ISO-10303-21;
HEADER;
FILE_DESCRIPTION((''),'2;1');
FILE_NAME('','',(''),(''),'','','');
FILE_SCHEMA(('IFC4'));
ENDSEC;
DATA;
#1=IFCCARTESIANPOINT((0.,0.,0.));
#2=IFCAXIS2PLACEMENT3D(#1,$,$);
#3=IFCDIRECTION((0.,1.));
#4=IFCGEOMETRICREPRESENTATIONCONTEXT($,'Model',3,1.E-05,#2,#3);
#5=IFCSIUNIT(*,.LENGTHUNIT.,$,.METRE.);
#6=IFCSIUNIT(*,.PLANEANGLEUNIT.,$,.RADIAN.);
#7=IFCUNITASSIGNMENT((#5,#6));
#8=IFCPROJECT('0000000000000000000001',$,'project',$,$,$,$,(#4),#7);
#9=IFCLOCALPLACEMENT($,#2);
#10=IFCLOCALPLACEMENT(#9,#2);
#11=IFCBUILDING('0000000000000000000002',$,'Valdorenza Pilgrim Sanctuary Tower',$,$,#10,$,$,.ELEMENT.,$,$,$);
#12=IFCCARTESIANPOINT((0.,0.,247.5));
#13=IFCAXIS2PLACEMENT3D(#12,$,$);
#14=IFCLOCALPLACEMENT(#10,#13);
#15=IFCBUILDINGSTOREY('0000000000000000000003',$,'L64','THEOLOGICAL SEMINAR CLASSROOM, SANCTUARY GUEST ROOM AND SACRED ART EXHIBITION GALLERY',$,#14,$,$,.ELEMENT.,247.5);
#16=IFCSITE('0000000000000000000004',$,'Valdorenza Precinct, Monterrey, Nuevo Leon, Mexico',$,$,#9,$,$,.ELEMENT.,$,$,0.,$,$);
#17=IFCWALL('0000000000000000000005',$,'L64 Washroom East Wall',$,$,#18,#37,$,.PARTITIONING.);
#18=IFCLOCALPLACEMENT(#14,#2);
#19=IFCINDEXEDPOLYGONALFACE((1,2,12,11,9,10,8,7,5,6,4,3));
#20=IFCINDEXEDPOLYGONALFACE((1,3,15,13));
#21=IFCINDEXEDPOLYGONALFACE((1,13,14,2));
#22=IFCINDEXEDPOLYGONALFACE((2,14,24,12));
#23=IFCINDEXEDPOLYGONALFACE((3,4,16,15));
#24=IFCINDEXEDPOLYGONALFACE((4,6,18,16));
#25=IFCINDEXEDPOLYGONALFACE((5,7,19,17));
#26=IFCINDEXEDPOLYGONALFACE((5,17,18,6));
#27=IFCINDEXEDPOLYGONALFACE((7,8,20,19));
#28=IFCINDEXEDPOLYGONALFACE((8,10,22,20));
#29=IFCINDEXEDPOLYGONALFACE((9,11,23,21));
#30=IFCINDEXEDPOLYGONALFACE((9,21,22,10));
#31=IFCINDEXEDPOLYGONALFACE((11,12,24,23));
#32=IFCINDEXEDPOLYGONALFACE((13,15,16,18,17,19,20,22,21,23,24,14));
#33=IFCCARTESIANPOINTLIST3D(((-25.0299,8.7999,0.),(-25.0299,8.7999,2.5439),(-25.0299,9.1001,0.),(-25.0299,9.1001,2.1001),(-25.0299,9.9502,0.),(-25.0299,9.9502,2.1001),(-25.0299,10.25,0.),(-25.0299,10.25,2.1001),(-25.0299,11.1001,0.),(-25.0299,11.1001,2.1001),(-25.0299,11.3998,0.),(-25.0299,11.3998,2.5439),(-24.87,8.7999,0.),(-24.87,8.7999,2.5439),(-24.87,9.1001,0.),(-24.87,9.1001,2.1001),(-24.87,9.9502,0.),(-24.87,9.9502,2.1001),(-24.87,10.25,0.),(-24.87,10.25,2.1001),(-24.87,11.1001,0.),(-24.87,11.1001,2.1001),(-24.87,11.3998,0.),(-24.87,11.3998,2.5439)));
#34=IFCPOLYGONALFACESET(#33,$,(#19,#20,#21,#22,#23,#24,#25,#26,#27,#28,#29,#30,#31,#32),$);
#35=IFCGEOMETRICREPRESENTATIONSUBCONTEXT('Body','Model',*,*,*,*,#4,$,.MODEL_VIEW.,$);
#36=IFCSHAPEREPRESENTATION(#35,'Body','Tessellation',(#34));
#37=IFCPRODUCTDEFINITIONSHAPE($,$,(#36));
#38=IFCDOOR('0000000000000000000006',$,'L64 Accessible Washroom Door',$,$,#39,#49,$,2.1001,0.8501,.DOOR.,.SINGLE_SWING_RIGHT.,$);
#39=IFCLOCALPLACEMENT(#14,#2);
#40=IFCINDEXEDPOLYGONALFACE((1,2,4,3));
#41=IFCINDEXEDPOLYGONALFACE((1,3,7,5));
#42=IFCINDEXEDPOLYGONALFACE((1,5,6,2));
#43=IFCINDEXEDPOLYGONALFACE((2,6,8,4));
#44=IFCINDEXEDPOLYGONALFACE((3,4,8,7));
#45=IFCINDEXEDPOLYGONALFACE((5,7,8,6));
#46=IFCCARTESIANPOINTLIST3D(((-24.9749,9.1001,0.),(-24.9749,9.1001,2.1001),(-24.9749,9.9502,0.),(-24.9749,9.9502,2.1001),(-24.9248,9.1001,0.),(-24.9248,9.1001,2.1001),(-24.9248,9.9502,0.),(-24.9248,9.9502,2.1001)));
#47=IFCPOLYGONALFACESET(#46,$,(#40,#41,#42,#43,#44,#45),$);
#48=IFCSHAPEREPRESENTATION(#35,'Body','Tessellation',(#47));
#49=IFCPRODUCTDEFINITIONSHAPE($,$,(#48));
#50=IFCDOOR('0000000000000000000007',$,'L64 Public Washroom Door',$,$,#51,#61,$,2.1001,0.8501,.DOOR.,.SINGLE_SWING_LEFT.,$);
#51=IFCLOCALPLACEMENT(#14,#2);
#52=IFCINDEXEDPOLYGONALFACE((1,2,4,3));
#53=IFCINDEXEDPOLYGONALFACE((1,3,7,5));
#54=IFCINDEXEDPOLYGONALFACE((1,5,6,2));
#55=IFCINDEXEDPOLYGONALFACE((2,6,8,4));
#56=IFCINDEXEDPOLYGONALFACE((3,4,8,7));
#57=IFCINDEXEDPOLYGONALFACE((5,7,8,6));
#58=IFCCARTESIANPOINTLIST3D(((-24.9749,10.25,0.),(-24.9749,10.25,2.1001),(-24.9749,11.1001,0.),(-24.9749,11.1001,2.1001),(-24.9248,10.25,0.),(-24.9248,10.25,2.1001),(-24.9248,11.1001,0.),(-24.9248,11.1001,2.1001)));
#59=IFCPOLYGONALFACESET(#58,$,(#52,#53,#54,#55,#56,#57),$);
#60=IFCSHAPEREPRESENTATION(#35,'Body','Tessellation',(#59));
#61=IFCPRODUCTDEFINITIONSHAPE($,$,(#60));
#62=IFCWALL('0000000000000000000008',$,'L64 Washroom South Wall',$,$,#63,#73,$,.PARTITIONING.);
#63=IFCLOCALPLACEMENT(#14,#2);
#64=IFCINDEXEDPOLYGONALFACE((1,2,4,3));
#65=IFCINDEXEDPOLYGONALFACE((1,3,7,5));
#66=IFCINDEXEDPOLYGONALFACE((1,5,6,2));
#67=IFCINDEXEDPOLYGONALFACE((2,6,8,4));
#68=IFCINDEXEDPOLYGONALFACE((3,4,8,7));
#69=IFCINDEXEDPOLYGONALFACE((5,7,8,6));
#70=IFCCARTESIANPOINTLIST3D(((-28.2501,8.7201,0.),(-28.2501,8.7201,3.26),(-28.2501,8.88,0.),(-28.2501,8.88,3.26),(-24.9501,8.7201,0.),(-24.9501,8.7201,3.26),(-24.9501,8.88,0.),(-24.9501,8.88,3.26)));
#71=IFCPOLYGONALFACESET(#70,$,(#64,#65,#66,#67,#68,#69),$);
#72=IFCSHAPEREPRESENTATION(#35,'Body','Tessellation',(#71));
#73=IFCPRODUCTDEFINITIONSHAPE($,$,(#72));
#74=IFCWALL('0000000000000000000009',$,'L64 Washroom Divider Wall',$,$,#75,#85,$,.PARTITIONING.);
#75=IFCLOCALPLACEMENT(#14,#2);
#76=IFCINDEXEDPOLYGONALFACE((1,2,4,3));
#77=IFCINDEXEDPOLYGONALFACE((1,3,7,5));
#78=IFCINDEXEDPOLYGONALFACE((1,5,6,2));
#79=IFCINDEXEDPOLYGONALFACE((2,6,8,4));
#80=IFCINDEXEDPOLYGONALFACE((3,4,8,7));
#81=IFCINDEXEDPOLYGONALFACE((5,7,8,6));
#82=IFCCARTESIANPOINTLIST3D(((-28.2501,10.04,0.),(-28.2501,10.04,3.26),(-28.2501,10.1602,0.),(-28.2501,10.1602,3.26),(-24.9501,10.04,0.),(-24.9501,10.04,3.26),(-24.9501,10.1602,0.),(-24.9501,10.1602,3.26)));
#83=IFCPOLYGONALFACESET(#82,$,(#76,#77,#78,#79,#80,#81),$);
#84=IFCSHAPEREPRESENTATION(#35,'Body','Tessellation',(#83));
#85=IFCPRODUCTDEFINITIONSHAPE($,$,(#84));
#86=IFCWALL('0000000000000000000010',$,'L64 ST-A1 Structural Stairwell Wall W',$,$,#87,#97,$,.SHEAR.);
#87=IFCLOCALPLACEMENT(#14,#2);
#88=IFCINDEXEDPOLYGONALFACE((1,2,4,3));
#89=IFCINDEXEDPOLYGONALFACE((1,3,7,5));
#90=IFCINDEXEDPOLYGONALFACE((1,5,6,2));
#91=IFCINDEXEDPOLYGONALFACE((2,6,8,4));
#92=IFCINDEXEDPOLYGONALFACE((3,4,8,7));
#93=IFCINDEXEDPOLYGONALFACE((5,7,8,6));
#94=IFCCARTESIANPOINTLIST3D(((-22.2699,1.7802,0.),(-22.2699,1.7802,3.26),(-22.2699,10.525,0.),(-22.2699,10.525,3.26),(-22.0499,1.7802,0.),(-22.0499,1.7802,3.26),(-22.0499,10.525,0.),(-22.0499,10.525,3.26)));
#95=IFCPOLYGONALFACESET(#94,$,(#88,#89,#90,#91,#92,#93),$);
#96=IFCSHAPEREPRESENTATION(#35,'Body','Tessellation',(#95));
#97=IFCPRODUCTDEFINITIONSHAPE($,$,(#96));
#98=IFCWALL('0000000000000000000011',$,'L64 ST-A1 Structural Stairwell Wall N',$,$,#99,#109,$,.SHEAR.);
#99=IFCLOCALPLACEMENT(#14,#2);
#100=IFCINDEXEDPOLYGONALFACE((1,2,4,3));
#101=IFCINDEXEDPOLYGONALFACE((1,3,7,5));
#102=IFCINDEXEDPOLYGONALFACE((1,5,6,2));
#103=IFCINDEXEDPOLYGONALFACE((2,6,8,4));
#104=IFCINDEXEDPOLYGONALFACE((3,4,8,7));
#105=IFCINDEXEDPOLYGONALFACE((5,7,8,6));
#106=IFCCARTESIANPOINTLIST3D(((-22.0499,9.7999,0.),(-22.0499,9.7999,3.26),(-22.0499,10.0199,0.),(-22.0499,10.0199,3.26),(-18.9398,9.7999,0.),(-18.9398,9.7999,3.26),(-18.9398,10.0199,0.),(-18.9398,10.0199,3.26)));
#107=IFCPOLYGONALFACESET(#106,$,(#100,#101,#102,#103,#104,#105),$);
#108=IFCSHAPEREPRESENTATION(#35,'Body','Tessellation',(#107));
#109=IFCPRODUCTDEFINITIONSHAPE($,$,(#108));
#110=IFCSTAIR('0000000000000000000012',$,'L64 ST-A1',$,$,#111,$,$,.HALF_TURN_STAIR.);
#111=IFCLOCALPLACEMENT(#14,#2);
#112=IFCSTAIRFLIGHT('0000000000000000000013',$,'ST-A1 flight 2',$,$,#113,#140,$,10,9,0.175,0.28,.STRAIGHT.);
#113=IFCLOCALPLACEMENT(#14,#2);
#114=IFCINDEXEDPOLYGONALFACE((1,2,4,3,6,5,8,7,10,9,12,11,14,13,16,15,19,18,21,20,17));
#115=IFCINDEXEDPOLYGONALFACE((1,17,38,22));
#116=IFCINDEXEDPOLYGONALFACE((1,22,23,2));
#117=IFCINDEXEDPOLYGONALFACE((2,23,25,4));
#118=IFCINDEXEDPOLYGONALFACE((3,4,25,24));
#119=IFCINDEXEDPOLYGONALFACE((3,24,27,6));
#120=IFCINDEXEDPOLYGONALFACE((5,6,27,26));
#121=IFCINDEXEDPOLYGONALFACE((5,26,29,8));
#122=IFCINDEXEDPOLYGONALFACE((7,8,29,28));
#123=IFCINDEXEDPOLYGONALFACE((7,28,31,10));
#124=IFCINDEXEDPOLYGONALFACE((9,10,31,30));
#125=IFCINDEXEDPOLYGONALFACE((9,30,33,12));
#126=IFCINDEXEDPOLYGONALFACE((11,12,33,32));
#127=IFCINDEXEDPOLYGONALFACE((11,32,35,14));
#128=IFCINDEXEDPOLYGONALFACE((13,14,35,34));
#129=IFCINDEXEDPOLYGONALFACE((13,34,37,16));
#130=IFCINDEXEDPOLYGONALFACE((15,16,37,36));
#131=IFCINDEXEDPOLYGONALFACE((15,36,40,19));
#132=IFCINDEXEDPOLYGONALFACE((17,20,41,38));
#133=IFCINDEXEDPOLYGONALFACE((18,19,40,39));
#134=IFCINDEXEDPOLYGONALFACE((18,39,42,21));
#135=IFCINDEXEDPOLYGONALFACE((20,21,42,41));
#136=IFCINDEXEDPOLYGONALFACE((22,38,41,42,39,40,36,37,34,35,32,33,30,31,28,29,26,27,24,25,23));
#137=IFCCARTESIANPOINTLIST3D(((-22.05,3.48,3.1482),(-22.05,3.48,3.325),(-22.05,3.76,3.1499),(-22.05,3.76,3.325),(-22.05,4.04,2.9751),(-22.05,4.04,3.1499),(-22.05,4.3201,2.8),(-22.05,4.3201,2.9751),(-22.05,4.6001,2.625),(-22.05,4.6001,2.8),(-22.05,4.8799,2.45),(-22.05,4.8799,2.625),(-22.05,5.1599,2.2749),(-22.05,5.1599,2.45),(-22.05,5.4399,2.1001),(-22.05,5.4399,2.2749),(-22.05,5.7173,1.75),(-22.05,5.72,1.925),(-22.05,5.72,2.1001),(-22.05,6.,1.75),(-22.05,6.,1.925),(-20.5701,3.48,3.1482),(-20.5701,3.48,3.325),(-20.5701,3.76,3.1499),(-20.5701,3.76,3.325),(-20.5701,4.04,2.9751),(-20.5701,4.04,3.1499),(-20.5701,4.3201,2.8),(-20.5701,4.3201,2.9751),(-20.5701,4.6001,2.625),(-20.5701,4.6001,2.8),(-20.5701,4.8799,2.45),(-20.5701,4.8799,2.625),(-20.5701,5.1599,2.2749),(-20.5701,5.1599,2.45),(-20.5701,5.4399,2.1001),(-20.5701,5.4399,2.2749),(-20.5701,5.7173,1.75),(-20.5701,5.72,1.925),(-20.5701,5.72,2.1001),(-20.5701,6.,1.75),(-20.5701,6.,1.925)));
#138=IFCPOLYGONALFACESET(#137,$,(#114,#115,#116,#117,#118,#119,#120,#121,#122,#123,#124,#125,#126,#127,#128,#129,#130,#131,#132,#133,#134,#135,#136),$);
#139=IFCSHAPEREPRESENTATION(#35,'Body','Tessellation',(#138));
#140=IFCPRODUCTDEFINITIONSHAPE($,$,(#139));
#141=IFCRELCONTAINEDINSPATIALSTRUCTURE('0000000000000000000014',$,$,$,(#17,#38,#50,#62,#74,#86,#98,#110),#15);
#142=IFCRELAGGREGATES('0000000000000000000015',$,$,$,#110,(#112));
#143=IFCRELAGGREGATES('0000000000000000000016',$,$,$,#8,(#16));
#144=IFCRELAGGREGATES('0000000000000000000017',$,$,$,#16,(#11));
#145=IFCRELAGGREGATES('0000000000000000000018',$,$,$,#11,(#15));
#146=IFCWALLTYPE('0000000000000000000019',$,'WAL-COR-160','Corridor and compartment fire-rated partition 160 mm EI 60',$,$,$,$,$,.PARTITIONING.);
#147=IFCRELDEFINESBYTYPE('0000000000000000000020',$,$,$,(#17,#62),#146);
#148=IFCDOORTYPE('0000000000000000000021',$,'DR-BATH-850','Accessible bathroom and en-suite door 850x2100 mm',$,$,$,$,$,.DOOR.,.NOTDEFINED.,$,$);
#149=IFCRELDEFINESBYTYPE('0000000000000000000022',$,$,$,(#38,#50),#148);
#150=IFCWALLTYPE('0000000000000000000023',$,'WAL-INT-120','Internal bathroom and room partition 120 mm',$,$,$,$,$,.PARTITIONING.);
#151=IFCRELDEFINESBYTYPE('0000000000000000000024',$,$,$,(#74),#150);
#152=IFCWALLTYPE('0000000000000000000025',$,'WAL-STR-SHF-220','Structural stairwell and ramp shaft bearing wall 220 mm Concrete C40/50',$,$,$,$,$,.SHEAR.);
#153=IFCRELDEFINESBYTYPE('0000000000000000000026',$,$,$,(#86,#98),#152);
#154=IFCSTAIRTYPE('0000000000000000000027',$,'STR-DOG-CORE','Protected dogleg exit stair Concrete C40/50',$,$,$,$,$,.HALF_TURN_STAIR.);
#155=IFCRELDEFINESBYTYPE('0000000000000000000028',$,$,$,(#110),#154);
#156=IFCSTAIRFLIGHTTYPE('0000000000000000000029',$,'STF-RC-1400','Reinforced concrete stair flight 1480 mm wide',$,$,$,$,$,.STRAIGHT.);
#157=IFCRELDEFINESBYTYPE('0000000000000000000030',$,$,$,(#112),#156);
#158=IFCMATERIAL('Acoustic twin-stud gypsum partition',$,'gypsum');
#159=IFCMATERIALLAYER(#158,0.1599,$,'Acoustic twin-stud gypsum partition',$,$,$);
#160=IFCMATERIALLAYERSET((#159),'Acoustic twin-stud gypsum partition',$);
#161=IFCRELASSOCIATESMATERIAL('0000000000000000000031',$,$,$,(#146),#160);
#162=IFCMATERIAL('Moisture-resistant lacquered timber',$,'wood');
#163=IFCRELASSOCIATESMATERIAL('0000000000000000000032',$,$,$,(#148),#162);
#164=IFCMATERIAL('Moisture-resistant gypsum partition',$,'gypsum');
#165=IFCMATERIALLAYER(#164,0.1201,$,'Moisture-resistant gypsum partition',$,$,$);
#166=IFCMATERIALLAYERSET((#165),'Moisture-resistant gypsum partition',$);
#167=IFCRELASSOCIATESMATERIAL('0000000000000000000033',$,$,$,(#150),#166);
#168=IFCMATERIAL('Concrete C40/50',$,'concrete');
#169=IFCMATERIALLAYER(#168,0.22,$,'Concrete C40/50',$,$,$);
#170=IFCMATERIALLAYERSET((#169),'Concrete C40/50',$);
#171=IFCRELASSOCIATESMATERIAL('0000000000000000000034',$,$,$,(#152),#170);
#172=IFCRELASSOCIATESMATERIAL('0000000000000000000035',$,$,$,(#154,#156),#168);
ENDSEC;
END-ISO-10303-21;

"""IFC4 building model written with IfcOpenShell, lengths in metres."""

from ifc_helpers import new_model, si_unit, direction, frame, frame_2d, origin, place, context, subcontext, project, spatial, polyline, rectangle, outline, extrude, material, layer, layer_set, type_object, element, fill, aggregate, save


model = new_model("IFC4")

# Units and contexts
model_context = context("Model", 3, precision=1e-05, world=origin(), true_north=direction((0.0, 1.0)))
body_context = subcontext(model_context, "Body", "Model", "MODEL_VIEW")
ifc_project = project(units=[si_unit("LENGTHUNIT", "METRE"), si_unit("PLANEANGLEUNIT", "RADIAN")], contexts=[model_context])

# Site, building, storey
site_placement = place(None, origin())
site = spatial("IfcSite", under=ifc_project, at=site_placement, Name="Valdorenza Precinct, Monterrey, Nuevo Leon, Mexico", CompositionType="ELEMENT", RefElevation=0.0)
building_placement = place(site_placement, origin())
building = spatial("IfcBuilding", under=site, at=building_placement, Name="Valdorenza Pilgrim Sanctuary Tower", CompositionType="ELEMENT")
storey_placement = place(building_placement, frame((0.0, 0.0, 247.5)))
storey = spatial("IfcBuildingStorey", under=building, at=storey_placement, Name="L64", Description="THEOLOGICAL SEMINAR CLASSROOM, SANCTUARY GUEST ROOM AND SACRED ART EXHIBITION GALLERY", CompositionType="ELEMENT", Elevation=247.5)

# Shared definitions
ifc_material_1 = material(Name="Acoustic twin-stud gypsum partition", Category="gypsum")
ifc_layer_1 = layer(ifc_material_1, 0.1599, Name="Acoustic twin-stud gypsum partition")
ifc_layer_set_1 = layer_set([ifc_layer_1], Name="Acoustic twin-stud gypsum partition")
wall_type_1 = type_object("IfcWallType", Name="WAL-COR-160", Description="Corridor and compartment fire-rated partition 160 mm EI 60", PredefinedType="PARTITIONING", material=ifc_layer_set_1)

# Wall, openings, doors
wall_1_placement = place(storey_placement, frame((-24.95, 8.8, 0.0), z_axis=(0.0, 0.0, 1.0), x_axis=(0.0, 1.0, 0.0)))
wall_1 = element("IfcWall", 1, at=wall_1_placement, inside=storey, type_object=wall_type_1, Name="L64 Washroom East Wall", PredefinedType="PARTITIONING", context=body_context, shape_type="SweptSolid", body=[
    extrude(rectangle(XDim=2.5999, YDim=0.1599, at=frame_2d((1.2998, 0.0))), origin(), (0.0, 0.0, 1.0), 2.5439),
])
opening_1_placement = place(wall_1_placement, frame((0.3, 0.0, 0.0)))
opening_1 = element("IfcOpeningElement", 2, at=opening_1_placement, cuts=wall_1, PredefinedType="OPENING", context=body_context, shape_type="SweptSolid", body=[
    extrude(rectangle(XDim=0.8501, YDim=2.1001, at=frame_2d((0.425, 1.05))), frame((0.0, 0.0947, 0.0), z_axis=(0.0, -1.0, 0.0), x_axis=(1.0, 0.0, 0.0)), (0.0, 0.0, 1.0), 0.1897),
])
opening_2_placement = place(wall_1_placement, frame((1.45, 0.0, 0.0)))
opening_2 = element("IfcOpeningElement", 3, at=opening_2_placement, cuts=wall_1, PredefinedType="OPENING", context=body_context, shape_type="SweptSolid", body=[
    extrude(rectangle(XDim=0.8501, YDim=2.1001, at=frame_2d((0.425, 1.05))), frame((0.0, 0.0947, 0.0), z_axis=(0.0, -1.0, 0.0), x_axis=(1.0, 0.0, 0.0)), (0.0, 0.0, 1.0), 0.1897),
])
ifc_material_2 = material(Name="Moisture-resistant lacquered timber", Category="wood")
door_type_1 = type_object("IfcDoorType", Name="DR-BATH-850", Description="Accessible bathroom and en-suite door 850x2100 mm", OperationType="NOTDEFINED", PredefinedType="DOOR", material=ifc_material_2)
door_1_placement = place(opening_1_placement, origin())
door_1 = element("IfcDoor", 4, at=door_1_placement, inside=storey, type_object=door_type_1, Name="L64 Accessible Washroom Door", OperationType="SINGLE_SWING_RIGHT", OverallHeight=2.1001, OverallWidth=0.8501, PredefinedType="DOOR", context=body_context, shape_type="SweptSolid", body=[
    extrude(rectangle(XDim=0.8501, YDim=2.1001, at=frame_2d((0.425, 1.05))), frame((0.0, 0.0249, 0.0), z_axis=(0.0, -1.0, 0.0), x_axis=(1.0, 0.0, 0.0)), (0.0, 0.0, 1.0), 0.05),
])
fill(opening_1, door_1)
door_2_placement = place(opening_2_placement, origin())
door_2 = element("IfcDoor", 5, at=door_2_placement, inside=storey, type_object=door_type_1, Name="L64 Public Washroom Door", OperationType="SINGLE_SWING_LEFT", OverallHeight=2.1001, OverallWidth=0.8501, PredefinedType="DOOR", context=body_context, shape_type="SweptSolid", body=[
    extrude(rectangle(XDim=0.8501, YDim=2.1001, at=frame_2d((0.425, 1.05))), frame((0.0, 0.0249, 0.0), z_axis=(0.0, -1.0, 0.0), x_axis=(1.0, 0.0, 0.0)), (0.0, 0.0, 1.0), 0.05),
])
fill(opening_2, door_2)

# Walls
wall_2_placement = place(storey_placement, frame((-28.25, 8.8, 0.0), z_axis=(0.0, 0.0, 1.0), x_axis=(1.0, 0.0, 0.0)))
element("IfcWall", 6, at=wall_2_placement, inside=storey, type_object=wall_type_1, Name="L64 Washroom South Wall", PredefinedType="PARTITIONING", context=body_context, shape_type="SweptSolid", body=[
    extrude(rectangle(XDim=3.3, YDim=0.1599, at=frame_2d((1.6499, 0.0))), origin(), (0.0, 0.0, 1.0), 3.26),
])
ifc_material_3 = material(Name="Moisture-resistant gypsum partition", Category="gypsum")
ifc_layer_2 = layer(ifc_material_3, 0.1201, Name="Moisture-resistant gypsum partition")
ifc_layer_set_2 = layer_set([ifc_layer_2], Name="Moisture-resistant gypsum partition")
wall_type_2 = type_object("IfcWallType", Name="WAL-INT-120", Description="Internal bathroom and room partition 120 mm", PredefinedType="PARTITIONING", material=ifc_layer_set_2)
wall_3_placement = place(storey_placement, frame((-28.25, 10.1001, 0.0), z_axis=(0.0, 0.0, 1.0), x_axis=(1.0, 0.0, 0.0)))
element("IfcWall", 7, at=wall_3_placement, inside=storey, type_object=wall_type_2, Name="L64 Washroom Divider Wall", PredefinedType="PARTITIONING", context=body_context, shape_type="SweptSolid", body=[
    extrude(rectangle(XDim=3.3, YDim=0.1201, at=frame_2d((1.6499, 0.0))), origin(), (0.0, 0.0, 1.0), 3.26),
])
ifc_material_4 = material(Name="Concrete C40/50", Category="concrete")
ifc_layer_3 = layer(ifc_material_4, 0.22, Name="Concrete C40/50")
ifc_layer_set_3 = layer_set([ifc_layer_3], Name="Concrete C40/50")
wall_type_3 = type_object("IfcWallType", Name="WAL-STR-SHF-220", Description="Structural stairwell and ramp shaft bearing wall 220 mm Concrete C40/50", PredefinedType="SHEAR", material=ifc_layer_set_3)
wall_4_placement = place(storey_placement, frame((-22.1599, 1.78, 0.0), z_axis=(0.0, 0.0, 1.0), x_axis=(0.0, 1.0, 0.0)))
element("IfcWall", 8, at=wall_4_placement, inside=storey, type_object=wall_type_3, Name="L64 ST-A1 Structural Stairwell Wall W", PredefinedType="SHEAR", context=body_context, shape_type="SweptSolid", body=[
    extrude(rectangle(XDim=8.7449, YDim=0.22, at=frame_2d((4.3726, 0.0))), origin(), (0.0, 0.0, 1.0), 3.26),
])

# Wall
wall_5_placement = place(storey_placement, frame((-22.05, 9.9099, 0.0), z_axis=(0.0, 0.0, 1.0), x_axis=(1.0, 0.0, 0.0)))
element("IfcWall", 9, at=wall_5_placement, inside=storey, type_object=wall_type_3, Name="L64 ST-A1 Structural Stairwell Wall N", PredefinedType="SHEAR", context=body_context, shape_type="SweptSolid", body=[
    extrude(rectangle(XDim=3.1101, YDim=0.22, at=frame_2d((1.5552, 0.0))), origin(), (0.0, 0.0, 1.0), 3.26),
])

# Stair, stair flight
stair_type = type_object("IfcStairType", Name="STR-DOG-CORE", Description="Protected dogleg exit stair Concrete C40/50", PredefinedType="HALF_TURN_STAIR", material=ifc_material_4)
stair_placement = place(storey_placement, origin())
stair = element("IfcStair", 10, at=stair_placement, inside=storey, type_object=stair_type, Name="L64 ST-A1", PredefinedType="HALF_TURN_STAIR")
stair_flight_type = type_object("IfcStairFlightType", Name="STF-RC-1400", Description="Reinforced concrete stair flight 1480 mm wide", PredefinedType="STRAIGHT", material=ifc_material_4)
stair_flight_placement = place(storey_placement, frame((-21.3101, 6.0, 1.75), z_axis=(0.0, 0.0, 1.0), x_axis=(0.0, -1.0, 0.0)))
stair_flight = element("IfcStairFlight", 11, at=stair_flight_placement, type_object=stair_flight_type, Name="ST-A1 flight 2", NumberOfRisers=10, NumberOfTreads=9, PredefinedType="STRAIGHT", RiserHeight=0.175, TreadLength=0.28, context=body_context, shape_type="SweptSolid", body=[
    extrude(outline(polyline([(0.0, 0.0), (0.0, 0.175), (0.28, 0.175), (0.28, 0.3501), (0.5601, 0.3501), (0.5601, 0.5249), (0.8401, 0.5249), (0.8401, 0.7), (1.1201, 0.7), (1.1201, 0.875), (1.3999, 0.875), (1.3999, 1.05), (1.6799, 1.05), (1.6799, 1.2251), (1.96, 1.2251), (1.96, 1.3999), (2.24, 1.3999), (2.24, 1.575), (2.52, 1.575), (2.52, 1.75), (2.52, 1.3982), (0.2827, 0.0), (0.0, 0.0)])), frame((0.0, 0.74, 0.0), z_axis=(0.0, -1.0, 0.0), x_axis=(1.0, 0.0, 0.0)), (0.0, 0.0, 1.0), 1.48),
])
aggregate(stair, [stair_flight])

save(model, "model.ifc")
